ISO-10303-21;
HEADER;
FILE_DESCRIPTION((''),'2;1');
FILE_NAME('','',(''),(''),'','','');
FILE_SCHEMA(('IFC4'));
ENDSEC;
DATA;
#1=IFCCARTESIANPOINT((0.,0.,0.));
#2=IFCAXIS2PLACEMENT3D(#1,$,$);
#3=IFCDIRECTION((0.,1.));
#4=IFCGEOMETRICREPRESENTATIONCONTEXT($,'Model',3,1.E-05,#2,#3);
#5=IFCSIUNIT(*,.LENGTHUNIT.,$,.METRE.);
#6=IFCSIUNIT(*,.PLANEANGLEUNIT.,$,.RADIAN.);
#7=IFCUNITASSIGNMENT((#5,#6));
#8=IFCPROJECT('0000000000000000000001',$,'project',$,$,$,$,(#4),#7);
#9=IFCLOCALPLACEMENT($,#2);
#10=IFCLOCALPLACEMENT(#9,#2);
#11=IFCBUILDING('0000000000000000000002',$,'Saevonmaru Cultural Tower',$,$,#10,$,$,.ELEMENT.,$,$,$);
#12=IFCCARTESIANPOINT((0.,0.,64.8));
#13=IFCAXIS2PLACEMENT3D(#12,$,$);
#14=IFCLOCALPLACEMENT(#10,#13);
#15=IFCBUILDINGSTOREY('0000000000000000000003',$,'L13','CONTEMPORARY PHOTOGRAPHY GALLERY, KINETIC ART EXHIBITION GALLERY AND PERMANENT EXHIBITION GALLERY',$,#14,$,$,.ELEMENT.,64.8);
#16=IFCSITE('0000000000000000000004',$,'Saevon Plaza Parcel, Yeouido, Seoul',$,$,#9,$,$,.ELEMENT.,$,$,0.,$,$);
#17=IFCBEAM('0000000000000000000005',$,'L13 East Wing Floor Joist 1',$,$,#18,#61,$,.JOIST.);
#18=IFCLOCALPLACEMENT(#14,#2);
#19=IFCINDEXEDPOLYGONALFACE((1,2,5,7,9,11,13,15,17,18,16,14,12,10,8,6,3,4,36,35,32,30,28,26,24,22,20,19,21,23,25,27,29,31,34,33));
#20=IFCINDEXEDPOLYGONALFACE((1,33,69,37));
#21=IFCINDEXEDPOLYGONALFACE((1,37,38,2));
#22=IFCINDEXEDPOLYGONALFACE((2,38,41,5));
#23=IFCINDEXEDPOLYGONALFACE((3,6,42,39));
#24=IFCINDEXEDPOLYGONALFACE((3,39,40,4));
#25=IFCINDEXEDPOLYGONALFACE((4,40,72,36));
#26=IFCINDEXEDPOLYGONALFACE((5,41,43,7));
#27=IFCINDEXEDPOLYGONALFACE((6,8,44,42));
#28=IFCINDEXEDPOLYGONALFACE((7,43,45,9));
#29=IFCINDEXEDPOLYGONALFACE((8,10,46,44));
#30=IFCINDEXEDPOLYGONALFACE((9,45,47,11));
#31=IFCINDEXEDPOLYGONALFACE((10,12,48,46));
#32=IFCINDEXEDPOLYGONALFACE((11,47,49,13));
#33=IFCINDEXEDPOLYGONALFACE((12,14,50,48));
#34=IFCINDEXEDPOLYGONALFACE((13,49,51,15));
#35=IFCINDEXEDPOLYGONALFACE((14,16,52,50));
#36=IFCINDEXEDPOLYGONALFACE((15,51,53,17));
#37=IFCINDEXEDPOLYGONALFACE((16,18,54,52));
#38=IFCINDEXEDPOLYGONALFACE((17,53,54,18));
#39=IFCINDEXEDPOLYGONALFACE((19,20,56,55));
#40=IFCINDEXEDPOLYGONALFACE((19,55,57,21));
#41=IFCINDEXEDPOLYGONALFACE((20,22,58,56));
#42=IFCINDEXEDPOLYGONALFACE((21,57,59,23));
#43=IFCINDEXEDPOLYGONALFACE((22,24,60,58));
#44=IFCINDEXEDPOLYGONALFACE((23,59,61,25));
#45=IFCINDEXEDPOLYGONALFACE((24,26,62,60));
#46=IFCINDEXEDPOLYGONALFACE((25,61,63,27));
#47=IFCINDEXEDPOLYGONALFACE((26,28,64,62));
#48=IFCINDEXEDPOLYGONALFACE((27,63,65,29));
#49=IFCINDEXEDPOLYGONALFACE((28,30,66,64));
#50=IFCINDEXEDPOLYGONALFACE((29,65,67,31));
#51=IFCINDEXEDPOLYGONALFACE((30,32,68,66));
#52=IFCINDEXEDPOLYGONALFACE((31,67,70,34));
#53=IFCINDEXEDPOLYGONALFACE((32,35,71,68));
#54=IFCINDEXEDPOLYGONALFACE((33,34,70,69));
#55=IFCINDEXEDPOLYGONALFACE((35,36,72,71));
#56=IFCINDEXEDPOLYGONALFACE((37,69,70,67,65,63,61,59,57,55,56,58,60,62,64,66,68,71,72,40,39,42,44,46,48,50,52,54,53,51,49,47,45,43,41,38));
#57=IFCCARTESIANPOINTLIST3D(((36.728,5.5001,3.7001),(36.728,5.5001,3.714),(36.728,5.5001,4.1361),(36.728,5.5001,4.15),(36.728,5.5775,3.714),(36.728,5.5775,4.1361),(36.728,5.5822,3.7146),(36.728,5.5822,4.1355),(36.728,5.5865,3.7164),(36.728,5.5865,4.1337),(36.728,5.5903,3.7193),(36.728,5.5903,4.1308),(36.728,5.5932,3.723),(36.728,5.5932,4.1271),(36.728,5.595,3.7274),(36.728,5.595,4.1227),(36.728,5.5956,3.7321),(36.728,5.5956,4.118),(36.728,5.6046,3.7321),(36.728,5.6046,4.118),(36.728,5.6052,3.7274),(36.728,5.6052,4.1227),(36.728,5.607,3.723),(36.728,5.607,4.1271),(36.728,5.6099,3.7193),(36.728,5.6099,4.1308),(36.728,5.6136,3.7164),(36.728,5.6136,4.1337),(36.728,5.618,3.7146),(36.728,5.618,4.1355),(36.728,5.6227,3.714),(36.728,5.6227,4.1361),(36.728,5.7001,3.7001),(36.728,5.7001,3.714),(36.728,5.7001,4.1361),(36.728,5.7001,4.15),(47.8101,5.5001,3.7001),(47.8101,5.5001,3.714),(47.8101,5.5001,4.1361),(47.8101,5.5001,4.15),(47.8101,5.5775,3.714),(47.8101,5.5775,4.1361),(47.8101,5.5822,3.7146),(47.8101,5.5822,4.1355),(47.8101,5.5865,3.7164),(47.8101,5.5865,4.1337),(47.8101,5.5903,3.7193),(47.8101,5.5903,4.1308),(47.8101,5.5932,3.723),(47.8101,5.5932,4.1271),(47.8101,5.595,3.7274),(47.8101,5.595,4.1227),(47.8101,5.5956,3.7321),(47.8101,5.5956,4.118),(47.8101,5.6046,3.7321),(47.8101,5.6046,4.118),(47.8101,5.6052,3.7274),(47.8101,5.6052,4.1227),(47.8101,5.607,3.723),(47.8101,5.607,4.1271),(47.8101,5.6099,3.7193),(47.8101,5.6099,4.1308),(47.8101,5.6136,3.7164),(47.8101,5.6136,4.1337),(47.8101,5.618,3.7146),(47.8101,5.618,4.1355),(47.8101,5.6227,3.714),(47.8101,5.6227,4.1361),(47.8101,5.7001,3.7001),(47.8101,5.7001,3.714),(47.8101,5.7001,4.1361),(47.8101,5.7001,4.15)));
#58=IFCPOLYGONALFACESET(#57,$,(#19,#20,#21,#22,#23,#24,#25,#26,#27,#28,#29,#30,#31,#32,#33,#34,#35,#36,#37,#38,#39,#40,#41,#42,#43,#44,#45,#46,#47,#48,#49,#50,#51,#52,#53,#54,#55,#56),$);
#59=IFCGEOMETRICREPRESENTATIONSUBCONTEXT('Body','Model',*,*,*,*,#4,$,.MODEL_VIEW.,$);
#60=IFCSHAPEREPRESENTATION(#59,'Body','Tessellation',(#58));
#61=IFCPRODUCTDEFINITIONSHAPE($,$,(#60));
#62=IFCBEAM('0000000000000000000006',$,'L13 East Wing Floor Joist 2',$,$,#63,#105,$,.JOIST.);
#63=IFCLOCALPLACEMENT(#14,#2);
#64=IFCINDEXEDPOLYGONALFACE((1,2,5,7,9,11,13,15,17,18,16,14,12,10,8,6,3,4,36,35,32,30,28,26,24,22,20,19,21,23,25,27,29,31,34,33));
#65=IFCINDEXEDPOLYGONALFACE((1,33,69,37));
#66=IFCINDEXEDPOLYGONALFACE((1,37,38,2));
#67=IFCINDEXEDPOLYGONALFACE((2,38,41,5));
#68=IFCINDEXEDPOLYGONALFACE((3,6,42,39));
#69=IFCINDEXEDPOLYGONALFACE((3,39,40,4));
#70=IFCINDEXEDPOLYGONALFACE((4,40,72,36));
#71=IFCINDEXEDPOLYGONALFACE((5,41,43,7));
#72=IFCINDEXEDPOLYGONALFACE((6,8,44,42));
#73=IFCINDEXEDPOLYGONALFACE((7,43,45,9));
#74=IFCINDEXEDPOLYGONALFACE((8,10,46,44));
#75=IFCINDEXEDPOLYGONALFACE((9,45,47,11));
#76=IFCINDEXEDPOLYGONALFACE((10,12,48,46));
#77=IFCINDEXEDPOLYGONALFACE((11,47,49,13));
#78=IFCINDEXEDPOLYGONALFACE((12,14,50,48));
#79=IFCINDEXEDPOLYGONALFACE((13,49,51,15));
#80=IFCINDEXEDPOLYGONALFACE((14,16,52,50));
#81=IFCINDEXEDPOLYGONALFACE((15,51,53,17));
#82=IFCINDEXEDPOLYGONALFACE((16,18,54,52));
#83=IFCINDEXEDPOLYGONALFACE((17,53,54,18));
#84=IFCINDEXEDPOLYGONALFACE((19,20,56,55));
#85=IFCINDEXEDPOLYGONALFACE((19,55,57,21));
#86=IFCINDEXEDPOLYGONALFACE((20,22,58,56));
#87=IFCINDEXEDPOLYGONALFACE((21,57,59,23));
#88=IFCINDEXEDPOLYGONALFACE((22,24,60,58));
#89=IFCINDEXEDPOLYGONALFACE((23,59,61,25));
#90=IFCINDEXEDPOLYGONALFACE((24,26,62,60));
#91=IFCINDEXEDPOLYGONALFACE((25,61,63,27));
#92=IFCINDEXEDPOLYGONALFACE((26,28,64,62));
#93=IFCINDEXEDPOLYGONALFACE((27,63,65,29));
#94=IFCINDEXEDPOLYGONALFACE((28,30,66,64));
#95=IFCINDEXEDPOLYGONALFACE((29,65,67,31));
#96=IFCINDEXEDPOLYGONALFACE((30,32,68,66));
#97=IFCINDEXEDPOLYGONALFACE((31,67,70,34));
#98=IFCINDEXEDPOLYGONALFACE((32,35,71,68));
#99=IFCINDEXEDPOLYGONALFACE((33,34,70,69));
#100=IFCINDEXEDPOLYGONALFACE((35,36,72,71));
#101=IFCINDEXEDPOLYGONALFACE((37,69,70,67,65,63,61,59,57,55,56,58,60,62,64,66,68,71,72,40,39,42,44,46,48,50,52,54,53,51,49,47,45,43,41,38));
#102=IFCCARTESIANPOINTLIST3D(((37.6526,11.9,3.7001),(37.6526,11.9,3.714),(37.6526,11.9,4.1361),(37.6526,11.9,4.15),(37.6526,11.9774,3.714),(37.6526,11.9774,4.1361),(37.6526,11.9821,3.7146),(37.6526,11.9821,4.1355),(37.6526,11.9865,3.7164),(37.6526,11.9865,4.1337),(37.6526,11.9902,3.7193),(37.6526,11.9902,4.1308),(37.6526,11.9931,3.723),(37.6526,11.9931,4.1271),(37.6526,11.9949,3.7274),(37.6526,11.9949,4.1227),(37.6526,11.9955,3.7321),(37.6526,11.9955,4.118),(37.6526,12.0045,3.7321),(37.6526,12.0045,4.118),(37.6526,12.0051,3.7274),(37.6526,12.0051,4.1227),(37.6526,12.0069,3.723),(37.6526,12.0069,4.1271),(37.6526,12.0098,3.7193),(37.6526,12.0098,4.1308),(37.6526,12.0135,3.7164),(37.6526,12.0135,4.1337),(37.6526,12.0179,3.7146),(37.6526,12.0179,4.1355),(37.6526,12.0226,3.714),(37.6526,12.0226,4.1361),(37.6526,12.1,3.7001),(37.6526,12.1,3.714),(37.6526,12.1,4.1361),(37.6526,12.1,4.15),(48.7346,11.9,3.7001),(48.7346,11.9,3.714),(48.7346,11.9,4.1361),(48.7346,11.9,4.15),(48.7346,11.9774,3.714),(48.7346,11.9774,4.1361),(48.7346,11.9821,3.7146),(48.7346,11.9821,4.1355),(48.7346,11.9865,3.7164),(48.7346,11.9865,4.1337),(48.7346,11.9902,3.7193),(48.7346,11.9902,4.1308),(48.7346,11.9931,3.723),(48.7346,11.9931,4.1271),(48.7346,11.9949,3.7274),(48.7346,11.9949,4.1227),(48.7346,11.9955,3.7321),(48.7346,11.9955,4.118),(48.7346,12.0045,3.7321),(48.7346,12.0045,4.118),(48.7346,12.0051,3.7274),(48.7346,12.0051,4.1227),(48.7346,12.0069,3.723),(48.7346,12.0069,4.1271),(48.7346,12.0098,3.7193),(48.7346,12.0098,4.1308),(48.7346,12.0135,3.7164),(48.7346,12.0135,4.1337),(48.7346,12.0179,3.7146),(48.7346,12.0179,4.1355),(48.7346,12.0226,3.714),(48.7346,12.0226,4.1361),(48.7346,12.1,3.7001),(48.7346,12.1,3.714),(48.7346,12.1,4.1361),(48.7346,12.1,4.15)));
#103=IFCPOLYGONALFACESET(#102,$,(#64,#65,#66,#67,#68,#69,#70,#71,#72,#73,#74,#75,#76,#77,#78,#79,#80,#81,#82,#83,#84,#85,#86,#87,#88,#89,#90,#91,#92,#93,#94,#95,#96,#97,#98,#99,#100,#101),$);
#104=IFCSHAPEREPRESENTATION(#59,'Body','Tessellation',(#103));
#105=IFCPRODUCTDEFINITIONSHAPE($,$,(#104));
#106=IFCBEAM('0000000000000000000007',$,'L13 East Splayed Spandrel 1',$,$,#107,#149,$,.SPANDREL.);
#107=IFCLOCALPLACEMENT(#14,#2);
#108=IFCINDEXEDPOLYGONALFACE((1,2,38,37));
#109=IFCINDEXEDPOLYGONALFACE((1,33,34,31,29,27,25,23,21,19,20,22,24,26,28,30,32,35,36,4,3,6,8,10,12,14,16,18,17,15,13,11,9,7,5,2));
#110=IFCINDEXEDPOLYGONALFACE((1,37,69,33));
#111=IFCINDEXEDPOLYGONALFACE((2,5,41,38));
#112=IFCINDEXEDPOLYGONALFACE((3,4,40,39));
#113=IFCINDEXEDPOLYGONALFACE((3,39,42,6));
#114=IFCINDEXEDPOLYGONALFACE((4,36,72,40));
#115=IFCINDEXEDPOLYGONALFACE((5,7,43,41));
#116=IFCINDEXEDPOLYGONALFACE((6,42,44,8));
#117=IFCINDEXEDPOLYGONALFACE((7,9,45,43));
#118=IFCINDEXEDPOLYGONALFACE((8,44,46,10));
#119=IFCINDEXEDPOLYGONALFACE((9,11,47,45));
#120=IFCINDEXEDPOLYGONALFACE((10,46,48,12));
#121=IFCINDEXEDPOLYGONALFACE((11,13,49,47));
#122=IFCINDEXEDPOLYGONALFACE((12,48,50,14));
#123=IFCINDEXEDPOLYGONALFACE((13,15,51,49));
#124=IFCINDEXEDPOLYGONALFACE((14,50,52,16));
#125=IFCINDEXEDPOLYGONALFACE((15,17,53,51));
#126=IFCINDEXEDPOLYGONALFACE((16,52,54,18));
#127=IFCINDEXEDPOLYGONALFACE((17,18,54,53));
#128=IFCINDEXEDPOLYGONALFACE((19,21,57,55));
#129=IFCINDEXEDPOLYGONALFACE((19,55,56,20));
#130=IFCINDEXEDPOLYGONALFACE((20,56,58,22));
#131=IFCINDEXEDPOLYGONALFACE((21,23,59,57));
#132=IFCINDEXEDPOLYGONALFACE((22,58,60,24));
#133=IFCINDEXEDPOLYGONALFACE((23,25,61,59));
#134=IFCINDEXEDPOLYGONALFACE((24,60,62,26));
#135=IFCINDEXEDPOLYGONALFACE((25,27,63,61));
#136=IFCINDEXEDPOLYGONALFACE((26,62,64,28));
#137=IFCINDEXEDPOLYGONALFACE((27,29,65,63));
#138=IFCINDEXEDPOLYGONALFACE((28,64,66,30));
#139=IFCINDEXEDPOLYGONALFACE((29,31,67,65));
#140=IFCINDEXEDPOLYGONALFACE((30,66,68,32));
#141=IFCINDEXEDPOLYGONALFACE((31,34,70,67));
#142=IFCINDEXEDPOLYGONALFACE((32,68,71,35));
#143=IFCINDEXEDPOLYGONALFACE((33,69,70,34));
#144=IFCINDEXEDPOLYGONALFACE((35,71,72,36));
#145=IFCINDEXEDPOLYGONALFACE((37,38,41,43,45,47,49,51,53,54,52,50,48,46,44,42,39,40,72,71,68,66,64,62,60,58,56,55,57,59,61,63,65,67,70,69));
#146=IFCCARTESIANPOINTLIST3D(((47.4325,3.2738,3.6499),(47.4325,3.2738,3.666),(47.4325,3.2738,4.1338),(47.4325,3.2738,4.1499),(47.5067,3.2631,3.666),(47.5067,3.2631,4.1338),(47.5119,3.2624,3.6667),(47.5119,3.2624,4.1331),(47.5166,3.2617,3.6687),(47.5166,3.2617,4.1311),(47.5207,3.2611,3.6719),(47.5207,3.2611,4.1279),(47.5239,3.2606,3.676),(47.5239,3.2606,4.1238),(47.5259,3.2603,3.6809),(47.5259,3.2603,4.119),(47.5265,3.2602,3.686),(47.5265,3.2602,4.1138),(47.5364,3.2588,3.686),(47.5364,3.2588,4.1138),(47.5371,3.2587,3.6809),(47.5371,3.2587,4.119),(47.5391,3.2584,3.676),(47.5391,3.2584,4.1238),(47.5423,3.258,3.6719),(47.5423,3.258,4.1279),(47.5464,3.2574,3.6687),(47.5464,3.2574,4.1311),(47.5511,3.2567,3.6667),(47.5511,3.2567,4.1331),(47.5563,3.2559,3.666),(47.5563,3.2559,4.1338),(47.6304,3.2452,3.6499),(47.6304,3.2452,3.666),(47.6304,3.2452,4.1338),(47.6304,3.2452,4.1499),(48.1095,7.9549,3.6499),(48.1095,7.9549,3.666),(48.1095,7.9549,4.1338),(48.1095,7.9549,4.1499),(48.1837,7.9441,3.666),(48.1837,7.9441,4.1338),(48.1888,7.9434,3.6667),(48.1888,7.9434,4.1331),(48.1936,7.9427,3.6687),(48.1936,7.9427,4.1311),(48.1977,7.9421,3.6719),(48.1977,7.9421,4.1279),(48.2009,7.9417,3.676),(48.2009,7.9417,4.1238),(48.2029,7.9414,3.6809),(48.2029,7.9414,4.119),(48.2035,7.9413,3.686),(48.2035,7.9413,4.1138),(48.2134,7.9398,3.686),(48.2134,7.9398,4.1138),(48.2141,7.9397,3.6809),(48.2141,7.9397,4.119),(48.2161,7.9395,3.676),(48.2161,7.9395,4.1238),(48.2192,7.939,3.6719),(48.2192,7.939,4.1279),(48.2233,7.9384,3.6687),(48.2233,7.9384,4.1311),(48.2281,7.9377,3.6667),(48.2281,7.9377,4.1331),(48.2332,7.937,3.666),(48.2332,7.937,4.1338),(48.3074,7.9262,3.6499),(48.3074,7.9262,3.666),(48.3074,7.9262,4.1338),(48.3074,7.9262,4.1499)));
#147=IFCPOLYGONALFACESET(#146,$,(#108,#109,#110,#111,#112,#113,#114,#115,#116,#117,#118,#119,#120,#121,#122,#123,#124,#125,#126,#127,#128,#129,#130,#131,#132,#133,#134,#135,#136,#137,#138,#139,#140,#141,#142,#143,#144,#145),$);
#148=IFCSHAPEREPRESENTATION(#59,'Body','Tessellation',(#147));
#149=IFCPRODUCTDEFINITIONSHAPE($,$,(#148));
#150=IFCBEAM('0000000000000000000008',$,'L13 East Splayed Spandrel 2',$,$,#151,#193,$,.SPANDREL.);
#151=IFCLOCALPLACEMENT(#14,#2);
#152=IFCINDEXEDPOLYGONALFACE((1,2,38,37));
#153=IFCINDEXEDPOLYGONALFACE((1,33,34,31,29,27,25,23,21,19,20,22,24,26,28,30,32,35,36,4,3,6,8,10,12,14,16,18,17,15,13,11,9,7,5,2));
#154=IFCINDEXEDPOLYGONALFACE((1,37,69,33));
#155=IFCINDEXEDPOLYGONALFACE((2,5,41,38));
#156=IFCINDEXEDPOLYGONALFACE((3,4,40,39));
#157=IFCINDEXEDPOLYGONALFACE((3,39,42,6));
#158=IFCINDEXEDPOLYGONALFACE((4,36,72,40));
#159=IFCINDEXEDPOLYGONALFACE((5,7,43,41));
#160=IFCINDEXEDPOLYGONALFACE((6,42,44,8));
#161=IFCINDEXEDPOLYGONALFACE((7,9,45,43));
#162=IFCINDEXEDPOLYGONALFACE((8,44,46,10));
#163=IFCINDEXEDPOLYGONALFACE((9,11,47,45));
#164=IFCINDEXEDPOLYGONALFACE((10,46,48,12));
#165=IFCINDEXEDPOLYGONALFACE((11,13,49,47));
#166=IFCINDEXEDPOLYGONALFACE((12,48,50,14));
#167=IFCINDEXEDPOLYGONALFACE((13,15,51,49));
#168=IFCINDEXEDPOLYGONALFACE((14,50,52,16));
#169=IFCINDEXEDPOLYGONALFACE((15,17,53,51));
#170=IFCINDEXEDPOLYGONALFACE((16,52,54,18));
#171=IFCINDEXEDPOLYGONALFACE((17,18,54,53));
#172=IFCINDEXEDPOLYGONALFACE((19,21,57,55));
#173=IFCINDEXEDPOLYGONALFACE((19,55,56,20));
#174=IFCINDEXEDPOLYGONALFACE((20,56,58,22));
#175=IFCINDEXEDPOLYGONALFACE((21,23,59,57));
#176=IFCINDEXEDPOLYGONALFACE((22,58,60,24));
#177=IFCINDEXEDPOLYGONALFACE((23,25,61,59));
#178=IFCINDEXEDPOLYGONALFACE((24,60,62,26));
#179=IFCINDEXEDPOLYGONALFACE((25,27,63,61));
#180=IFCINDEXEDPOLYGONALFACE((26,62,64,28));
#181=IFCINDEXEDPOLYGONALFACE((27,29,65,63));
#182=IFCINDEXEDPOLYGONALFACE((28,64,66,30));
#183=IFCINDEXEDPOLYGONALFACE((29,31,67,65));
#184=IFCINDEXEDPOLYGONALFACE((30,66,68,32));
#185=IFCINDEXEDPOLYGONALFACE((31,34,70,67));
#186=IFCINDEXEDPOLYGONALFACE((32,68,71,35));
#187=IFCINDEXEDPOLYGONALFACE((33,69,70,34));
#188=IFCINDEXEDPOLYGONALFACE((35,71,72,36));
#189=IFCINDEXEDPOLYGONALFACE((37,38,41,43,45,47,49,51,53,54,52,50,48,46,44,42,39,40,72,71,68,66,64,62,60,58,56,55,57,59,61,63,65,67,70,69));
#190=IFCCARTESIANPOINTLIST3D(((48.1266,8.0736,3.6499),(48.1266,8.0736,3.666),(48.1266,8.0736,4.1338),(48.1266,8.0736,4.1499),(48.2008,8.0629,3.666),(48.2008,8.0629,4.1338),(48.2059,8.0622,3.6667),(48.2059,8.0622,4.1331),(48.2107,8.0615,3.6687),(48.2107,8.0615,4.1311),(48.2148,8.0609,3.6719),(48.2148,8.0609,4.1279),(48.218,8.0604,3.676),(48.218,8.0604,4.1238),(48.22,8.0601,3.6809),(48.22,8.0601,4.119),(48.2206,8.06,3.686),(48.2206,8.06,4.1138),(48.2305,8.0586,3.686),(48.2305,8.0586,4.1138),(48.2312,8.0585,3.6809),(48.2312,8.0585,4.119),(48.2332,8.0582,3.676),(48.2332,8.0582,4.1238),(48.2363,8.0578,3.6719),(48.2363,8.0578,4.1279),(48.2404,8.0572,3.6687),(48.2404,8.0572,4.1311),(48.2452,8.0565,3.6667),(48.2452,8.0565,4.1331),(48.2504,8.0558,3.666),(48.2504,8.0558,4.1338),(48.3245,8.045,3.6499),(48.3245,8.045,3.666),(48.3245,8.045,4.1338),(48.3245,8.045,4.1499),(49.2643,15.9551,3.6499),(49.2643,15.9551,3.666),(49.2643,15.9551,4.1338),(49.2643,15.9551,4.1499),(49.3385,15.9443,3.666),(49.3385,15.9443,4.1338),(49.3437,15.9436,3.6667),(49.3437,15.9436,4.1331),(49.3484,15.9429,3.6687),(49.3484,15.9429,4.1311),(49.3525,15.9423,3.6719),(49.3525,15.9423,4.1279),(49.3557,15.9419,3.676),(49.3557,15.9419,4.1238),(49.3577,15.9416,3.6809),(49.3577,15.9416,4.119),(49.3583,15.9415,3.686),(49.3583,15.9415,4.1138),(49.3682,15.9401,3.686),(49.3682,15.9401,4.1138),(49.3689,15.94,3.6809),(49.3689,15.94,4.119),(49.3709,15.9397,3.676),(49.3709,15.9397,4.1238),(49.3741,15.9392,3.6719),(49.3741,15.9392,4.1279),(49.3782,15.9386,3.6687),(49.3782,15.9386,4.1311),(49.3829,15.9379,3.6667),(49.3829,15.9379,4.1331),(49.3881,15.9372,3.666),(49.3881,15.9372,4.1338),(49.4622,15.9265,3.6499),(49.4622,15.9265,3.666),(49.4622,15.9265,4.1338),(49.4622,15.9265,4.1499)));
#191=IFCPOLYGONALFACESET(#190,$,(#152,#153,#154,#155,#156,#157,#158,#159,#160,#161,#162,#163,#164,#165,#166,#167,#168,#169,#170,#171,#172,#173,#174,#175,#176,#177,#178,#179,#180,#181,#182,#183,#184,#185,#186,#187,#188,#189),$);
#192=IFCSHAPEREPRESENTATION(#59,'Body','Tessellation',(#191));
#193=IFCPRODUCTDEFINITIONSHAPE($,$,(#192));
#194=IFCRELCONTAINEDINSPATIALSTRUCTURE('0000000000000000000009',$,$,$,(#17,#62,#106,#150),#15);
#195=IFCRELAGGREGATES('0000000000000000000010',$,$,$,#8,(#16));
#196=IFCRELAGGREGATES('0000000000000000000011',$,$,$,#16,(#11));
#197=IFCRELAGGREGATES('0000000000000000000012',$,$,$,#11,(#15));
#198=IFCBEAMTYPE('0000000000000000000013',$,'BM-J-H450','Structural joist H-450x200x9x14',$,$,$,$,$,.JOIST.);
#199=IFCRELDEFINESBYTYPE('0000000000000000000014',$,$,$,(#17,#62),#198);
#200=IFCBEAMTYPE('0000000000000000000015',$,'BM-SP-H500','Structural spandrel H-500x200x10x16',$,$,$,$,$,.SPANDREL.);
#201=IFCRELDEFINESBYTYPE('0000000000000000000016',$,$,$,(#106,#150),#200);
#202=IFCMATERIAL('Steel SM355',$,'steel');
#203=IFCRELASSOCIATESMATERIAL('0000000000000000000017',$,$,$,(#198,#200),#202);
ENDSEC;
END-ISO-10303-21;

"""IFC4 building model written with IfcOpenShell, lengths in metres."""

from ifc_helpers import new_model, si_unit, direction, frame, origin, origin_2d, place, context, subcontext, project, spatial, i_section, extrude, material, material_profile, profile_set, type_object, element, save


model = new_model("IFC4")

# Units and contexts
model_context = context("Model", 3, precision=1e-05, world=origin(), true_north=direction((0.0, 1.0)))
body_context = subcontext(model_context, "Body", "Model", "MODEL_VIEW")
ifc_project = project(units=[si_unit("LENGTHUNIT", "METRE"), si_unit("PLANEANGLEUNIT", "RADIAN")], contexts=[model_context])

# Site, building, storey
site_placement = place(None, origin())
site = spatial("IfcSite", under=ifc_project, at=site_placement, Name="Saevon Plaza Parcel, Yeouido, Seoul", CompositionType="ELEMENT", RefElevation=0.0)
building_placement = place(site_placement, origin())
building = spatial("IfcBuilding", under=site, at=building_placement, Name="Saevonmaru Cultural Tower", CompositionType="ELEMENT")
storey_placement = place(building_placement, frame((0.0, 0.0, 64.8)))
storey = spatial("IfcBuildingStorey", under=building, at=storey_placement, Name="L13", Description="CONTEMPORARY PHOTOGRAPHY GALLERY, KINETIC ART EXHIBITION GALLERY AND PERMANENT EXHIBITION GALLERY", CompositionType="ELEMENT", Elevation=64.8)

# Beams
ifc_material_1 = material(Name="Steel SM355", Category="steel")
ifc_material_profile_1 = material_profile(ifc_material_1, i_section(OverallWidth=0.2, OverallDepth=0.45, WebThickness=0.009, FlangeThickness=0.0139, FilletRadius=0.0181, at=origin_2d()), Name="H-450x200x9x14")
ifc_profile_set_1 = profile_set([ifc_material_profile_1], Name="Steel SM355")
beam_type_1 = type_object("IfcBeamType", Name="BM-J-H450", Description="Structural joist H-450x200x9x14", PredefinedType="JOIST", material=ifc_profile_set_1)
for number, where, z_axis, x_axis, name in (
    (1, (36.728, 5.6001, 3.925), (1.0, 0.0, 0.0), (0.0, 1.0, 0.0), "L13 East Wing Floor Joist 1"),
    (2, (37.6526, 12.0, 3.925), (1.0, 0.0, 0.0), (0.0, 1.0, 0.0), "L13 East Wing Floor Joist 2"),
):
    element("IfcBeam", number, at=place(storey_placement, frame(where, z_axis=z_axis, x_axis=x_axis)), inside=storey, type_object=beam_type_1, Name=name, PredefinedType="JOIST", context=body_context, shape_type="SweptSolid", body=[
        extrude(i_section(OverallWidth=0.2, OverallDepth=0.45, WebThickness=0.009, FlangeThickness=0.0139, FilletRadius=0.0181, at=origin_2d()), origin(), (0.0, 0.0, 1.0), 11.082),
    ])
ifc_material_profile_2 = material_profile(ifc_material_1, i_section(OverallWidth=0.2, OverallDepth=0.5, WebThickness=0.01, FlangeThickness=0.0161, FilletRadius=0.02, at=origin_2d()), Name="H-500x200x10x16")
ifc_profile_set_2 = profile_set([ifc_material_profile_2], Name="Steel SM355")
beam_type_2 = type_object("IfcBeamType", Name="BM-SP-H500", Description="Structural spandrel H-500x200x10x16", PredefinedType="SPANDREL", material=ifc_profile_set_2)
beam_1_placement = place(storey_placement, frame((47.5315, 3.2595, 3.8999), z_axis=(0.143134, 0.989703, 0.0), x_axis=(-0.989703, 0.143134, 0.0)))
element("IfcBeam", 3, at=beam_1_placement, inside=storey, type_object=beam_type_2, Name="L13 East Splayed Spandrel 1", PredefinedType="SPANDREL", context=body_context, shape_type="SweptSolid", body=[
    extrude(i_section(OverallWidth=0.2, OverallDepth=0.5, WebThickness=0.01, FlangeThickness=0.0161, FilletRadius=0.02, at=origin_2d()), origin(), (0.0, 0.0, 1.0), 4.7297),
])
beam_2_placement = place(storey_placement, frame((48.2256, 8.0593, 3.8999), z_axis=(0.142872, 0.989741, 0.0), x_axis=(-0.989741, 0.142872, 0.0)))
element("IfcBeam", 4, at=beam_2_placement, inside=storey, type_object=beam_type_2, Name="L13 East Splayed Spandrel 2", PredefinedType="SPANDREL", context=body_context, shape_type="SweptSolid", body=[
    extrude(i_section(OverallWidth=0.2, OverallDepth=0.5, WebThickness=0.01, FlangeThickness=0.0161, FilletRadius=0.02, at=origin_2d()), origin(), (0.0, 0.0, 1.0), 7.9631),
])

save(model, "model.ifc")
